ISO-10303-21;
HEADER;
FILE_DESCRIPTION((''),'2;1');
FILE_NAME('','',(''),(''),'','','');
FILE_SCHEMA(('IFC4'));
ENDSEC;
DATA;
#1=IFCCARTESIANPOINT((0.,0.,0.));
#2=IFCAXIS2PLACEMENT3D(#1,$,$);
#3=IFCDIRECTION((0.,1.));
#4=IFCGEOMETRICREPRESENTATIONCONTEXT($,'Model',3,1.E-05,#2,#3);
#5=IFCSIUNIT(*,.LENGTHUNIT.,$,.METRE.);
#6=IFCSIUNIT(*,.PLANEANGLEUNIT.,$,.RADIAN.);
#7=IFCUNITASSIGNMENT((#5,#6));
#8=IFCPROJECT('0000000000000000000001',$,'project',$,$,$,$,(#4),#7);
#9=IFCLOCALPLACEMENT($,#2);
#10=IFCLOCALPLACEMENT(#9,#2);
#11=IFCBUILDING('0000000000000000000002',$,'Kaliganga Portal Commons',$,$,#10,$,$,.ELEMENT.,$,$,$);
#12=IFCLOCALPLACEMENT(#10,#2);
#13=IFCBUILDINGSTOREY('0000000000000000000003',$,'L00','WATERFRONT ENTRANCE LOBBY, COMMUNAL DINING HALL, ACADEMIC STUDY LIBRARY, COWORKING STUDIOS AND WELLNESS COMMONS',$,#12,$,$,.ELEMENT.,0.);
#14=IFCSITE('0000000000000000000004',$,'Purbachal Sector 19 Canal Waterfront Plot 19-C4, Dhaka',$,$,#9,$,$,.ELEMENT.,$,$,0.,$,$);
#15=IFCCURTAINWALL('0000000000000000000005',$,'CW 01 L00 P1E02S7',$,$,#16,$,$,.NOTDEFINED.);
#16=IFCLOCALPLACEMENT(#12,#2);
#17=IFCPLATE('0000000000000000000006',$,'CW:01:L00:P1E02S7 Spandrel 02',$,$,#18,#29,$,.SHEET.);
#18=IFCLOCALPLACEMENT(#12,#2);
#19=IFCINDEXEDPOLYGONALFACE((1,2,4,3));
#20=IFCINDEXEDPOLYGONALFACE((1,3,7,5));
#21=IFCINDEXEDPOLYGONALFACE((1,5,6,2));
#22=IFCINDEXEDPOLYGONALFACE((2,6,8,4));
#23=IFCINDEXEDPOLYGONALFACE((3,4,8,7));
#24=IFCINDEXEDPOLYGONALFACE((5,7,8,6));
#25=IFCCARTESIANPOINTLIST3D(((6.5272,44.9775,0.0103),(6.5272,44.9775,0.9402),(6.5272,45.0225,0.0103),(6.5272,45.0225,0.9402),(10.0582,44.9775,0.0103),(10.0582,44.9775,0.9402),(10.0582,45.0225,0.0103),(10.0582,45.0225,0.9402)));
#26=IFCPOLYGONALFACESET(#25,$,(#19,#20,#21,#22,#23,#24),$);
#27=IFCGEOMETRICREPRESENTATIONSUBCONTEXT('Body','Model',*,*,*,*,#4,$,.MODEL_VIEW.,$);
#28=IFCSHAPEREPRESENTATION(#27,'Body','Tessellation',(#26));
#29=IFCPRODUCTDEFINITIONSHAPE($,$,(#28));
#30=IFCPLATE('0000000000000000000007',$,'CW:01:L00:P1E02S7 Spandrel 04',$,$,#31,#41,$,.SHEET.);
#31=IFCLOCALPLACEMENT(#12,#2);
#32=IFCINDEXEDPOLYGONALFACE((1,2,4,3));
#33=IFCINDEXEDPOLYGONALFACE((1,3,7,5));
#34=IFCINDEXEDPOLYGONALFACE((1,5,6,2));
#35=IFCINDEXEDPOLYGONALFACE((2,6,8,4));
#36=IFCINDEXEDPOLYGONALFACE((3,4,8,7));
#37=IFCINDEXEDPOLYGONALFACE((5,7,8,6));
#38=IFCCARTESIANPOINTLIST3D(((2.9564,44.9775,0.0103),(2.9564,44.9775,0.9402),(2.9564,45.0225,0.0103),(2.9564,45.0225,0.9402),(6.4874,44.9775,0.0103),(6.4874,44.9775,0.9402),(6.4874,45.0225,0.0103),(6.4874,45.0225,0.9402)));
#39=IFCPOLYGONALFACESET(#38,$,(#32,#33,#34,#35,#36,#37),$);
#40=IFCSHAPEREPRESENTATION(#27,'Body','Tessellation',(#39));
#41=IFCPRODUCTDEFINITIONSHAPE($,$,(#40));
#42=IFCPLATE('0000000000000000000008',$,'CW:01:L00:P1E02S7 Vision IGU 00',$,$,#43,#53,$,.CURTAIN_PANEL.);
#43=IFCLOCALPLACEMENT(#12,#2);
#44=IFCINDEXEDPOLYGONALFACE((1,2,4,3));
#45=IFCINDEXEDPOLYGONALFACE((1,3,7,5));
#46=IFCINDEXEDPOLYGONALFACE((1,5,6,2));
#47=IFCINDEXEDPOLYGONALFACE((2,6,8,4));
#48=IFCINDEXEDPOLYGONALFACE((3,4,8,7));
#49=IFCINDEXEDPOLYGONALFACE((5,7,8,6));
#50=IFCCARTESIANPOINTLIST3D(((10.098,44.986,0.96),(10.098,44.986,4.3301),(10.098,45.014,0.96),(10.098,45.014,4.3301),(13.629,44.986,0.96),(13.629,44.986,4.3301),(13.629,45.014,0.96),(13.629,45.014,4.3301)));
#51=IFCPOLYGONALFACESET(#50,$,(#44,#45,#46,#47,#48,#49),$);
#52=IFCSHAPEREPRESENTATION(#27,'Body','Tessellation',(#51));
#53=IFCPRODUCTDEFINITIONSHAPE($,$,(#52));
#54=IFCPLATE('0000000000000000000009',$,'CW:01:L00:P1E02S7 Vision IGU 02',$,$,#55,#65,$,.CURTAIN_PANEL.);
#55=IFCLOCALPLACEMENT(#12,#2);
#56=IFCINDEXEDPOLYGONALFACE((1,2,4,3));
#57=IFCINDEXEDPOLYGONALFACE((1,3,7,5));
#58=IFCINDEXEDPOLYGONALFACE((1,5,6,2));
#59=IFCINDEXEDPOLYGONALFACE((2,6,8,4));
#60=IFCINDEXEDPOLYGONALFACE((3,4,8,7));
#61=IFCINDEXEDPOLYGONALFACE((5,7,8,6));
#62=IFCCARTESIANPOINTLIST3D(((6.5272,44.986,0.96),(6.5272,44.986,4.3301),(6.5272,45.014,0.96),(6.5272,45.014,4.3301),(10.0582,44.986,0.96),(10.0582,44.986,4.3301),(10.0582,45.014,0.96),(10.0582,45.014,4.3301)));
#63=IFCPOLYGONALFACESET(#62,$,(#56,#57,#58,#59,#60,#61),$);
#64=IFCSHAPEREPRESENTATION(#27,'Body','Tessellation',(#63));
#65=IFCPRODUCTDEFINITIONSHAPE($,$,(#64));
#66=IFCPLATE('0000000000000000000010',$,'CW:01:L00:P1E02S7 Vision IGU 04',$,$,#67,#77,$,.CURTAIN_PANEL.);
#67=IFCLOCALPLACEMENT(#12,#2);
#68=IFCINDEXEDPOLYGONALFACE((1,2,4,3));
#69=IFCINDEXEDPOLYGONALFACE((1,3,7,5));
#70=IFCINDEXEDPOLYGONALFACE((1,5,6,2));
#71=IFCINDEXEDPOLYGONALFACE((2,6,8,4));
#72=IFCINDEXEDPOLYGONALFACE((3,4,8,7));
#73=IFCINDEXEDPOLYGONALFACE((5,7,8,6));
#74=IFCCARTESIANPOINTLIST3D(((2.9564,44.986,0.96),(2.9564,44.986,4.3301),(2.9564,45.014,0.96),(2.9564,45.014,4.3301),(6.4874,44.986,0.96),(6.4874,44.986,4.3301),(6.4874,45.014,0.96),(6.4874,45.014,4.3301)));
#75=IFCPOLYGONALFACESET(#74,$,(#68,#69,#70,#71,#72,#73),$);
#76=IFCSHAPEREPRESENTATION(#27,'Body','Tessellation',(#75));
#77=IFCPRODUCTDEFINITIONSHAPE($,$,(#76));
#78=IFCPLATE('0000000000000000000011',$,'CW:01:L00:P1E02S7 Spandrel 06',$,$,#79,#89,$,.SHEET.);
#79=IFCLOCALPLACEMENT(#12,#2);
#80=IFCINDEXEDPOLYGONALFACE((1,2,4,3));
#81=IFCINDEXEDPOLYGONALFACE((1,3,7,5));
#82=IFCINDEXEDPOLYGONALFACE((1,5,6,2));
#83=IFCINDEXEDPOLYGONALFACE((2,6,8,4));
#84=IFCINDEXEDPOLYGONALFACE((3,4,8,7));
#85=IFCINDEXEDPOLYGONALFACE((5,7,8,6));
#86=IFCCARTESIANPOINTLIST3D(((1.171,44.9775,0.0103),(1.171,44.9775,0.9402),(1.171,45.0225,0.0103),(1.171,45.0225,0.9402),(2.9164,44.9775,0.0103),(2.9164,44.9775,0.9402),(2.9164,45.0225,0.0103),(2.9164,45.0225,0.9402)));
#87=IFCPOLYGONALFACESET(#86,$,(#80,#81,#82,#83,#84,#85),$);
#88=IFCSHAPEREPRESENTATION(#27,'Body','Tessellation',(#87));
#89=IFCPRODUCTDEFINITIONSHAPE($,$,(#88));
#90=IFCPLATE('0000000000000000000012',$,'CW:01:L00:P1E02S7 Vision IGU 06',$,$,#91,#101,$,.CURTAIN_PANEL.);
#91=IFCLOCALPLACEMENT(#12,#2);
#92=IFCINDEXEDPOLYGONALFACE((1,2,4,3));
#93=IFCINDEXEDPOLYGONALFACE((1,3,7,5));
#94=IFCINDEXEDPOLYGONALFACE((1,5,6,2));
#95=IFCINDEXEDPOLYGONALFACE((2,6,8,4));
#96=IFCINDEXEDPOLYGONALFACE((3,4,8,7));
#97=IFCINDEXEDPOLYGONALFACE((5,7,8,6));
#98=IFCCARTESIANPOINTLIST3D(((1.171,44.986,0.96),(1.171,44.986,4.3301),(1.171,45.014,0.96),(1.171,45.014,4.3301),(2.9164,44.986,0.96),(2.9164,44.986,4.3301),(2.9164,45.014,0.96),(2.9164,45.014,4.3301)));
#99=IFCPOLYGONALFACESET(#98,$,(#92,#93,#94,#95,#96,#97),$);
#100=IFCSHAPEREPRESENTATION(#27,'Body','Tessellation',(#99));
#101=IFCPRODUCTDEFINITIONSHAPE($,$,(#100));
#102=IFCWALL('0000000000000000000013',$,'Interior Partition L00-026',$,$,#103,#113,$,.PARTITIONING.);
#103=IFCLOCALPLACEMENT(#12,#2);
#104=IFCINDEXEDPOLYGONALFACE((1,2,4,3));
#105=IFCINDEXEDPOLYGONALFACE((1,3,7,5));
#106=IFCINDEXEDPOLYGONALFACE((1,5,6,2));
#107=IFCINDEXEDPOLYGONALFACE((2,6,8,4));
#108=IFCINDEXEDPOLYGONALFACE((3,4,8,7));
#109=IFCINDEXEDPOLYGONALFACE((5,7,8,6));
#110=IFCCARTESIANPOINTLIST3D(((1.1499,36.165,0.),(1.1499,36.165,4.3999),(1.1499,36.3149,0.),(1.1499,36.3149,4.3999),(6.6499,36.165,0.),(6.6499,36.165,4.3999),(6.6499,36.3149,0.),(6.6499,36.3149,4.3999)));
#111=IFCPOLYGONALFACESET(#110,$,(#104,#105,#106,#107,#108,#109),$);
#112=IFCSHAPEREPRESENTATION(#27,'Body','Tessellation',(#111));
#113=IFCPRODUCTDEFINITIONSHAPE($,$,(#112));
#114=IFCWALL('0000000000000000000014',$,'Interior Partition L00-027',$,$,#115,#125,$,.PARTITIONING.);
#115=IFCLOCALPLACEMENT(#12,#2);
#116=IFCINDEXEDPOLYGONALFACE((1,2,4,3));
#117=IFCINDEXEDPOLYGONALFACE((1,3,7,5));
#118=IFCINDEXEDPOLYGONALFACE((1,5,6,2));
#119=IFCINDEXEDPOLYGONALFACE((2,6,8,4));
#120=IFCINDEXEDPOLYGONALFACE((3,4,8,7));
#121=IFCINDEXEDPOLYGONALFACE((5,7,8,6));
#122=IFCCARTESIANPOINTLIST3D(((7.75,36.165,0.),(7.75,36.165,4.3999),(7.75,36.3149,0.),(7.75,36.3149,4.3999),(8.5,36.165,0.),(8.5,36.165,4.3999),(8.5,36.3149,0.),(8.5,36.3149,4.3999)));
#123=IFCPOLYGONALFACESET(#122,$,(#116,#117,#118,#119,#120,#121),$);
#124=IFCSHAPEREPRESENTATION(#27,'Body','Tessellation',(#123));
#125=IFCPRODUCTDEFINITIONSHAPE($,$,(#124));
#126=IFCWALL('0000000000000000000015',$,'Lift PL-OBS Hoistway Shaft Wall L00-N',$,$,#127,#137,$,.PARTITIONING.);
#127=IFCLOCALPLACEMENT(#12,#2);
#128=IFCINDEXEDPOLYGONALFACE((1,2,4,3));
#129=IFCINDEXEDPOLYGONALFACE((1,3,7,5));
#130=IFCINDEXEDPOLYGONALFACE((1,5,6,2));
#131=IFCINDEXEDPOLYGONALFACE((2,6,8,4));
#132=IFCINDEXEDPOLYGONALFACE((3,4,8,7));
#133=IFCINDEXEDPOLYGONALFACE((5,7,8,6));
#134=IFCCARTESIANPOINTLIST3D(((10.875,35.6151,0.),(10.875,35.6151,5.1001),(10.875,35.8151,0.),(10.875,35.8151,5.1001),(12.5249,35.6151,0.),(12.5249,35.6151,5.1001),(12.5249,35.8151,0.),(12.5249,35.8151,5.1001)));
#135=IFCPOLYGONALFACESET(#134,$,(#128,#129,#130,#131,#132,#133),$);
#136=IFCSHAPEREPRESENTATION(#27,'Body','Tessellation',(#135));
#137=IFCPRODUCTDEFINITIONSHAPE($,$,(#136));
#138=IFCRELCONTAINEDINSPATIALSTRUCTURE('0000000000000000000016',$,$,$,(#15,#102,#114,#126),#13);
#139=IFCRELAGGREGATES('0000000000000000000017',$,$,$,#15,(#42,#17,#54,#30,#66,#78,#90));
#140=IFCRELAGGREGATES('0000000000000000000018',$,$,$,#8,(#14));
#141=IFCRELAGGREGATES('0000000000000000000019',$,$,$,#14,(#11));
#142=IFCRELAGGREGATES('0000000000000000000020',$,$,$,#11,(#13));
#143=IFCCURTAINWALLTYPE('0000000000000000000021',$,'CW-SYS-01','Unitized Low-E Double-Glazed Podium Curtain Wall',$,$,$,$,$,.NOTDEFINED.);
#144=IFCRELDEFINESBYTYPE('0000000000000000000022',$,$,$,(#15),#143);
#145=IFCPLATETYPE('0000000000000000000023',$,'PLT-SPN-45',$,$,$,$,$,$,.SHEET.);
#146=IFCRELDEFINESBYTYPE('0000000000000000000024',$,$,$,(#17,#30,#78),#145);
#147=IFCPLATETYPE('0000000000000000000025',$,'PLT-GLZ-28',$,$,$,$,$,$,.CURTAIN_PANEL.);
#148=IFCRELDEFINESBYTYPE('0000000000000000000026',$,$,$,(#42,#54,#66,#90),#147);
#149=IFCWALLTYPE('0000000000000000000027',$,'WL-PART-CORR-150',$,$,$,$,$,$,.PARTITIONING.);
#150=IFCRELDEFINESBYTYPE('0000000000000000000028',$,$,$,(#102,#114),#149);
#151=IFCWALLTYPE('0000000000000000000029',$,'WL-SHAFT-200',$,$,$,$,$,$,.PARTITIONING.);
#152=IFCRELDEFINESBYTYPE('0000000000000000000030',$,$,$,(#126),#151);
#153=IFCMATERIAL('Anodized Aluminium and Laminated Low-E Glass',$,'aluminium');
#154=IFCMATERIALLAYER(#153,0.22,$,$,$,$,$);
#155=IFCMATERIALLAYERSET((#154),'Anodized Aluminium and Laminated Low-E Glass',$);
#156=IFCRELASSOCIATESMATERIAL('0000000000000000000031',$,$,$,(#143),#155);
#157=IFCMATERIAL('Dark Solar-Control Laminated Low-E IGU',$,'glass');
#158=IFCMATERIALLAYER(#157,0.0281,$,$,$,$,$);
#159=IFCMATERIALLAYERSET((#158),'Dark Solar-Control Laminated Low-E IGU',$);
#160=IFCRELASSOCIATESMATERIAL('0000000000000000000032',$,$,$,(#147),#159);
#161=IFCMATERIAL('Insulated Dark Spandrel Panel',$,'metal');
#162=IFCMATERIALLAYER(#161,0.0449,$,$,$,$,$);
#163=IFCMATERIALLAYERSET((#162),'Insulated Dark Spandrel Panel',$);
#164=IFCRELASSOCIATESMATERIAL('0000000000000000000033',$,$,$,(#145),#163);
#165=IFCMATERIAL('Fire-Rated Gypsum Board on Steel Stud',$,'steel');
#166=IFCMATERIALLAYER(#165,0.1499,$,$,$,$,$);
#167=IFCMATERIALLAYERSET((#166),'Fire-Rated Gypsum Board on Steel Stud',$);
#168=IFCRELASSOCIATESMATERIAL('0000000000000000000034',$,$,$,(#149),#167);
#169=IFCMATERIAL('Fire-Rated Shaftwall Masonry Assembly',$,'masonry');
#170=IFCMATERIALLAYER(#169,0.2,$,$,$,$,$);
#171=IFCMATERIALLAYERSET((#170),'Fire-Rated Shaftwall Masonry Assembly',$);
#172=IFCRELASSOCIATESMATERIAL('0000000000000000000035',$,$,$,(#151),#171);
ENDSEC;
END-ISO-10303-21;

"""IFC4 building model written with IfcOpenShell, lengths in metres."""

from ifc_helpers import new_model, si_unit, direction, frame, frame_2d, origin, origin_2d, place, context, subcontext, project, spatial, rectangle, extrude, source, transform, mapped, material, layer, layer_set, type_object, element, aggregate, save


model = new_model("IFC4")

# Units and contexts
model_context = context("Model", 3, precision=1e-05, world=origin(), true_north=direction((0.0, 1.0)))
body_context = subcontext(model_context, "Body", "Model", "MODEL_VIEW")
ifc_project = project(units=[si_unit("LENGTHUNIT", "METRE"), si_unit("PLANEANGLEUNIT", "RADIAN")], contexts=[model_context])

# Site, building, storey
site_placement = place(None, origin())
site = spatial("IfcSite", under=ifc_project, at=site_placement, Name="Purbachal Sector 19 Canal Waterfront Plot 19-C4, Dhaka", CompositionType="ELEMENT", RefElevation=0.0)
building_placement = place(site_placement, origin())
building = spatial("IfcBuilding", under=site, at=building_placement, Name="Kaliganga Portal Commons", CompositionType="ELEMENT")
storey_placement = place(building_placement, origin())
storey = spatial("IfcBuildingStorey", under=building, at=storey_placement, Name="L00", Description="WATERFRONT ENTRANCE LOBBY, COMMUNAL DINING HALL, ACADEMIC STUDY LIBRARY, COWORKING STUDIOS AND WELLNESS COMMONS", CompositionType="ELEMENT", Elevation=0.0)

# Curtain wall
ifc_material_1 = material(Name="Anodized Aluminium and Laminated Low-E Glass", Category="aluminium")
ifc_layer_1 = layer(ifc_material_1, 0.22)
ifc_layer_set_1 = layer_set([ifc_layer_1], Name="Anodized Aluminium and Laminated Low-E Glass")
curtain_wall_type = type_object("IfcCurtainWallType", Name="CW-SYS-01", Description="Unitized Low-E Double-Glazed Podium Curtain Wall", PredefinedType="NOTDEFINED", material=ifc_layer_set_1)
curtain_wall_1_placement = place(storey_placement, origin())
curtain_wall_1 = element("IfcCurtainWall", 1, at=curtain_wall_1_placement, inside=storey, type_object=curtain_wall_type, Name="CW 01 L00 P1E02S7", PredefinedType="NOTDEFINED")

# Plates
ifc_material_2 = material(Name="Dark Solar-Control Laminated Low-E IGU", Category="glass")
ifc_layer_2 = layer(ifc_material_2, 0.0281)
ifc_layer_set_2 = layer_set([ifc_layer_2], Name="Dark Solar-Control Laminated Low-E IGU")
plate_type_1 = type_object("IfcPlateType", Name="PLT-GLZ-28", PredefinedType="CURTAIN_PANEL", material=ifc_layer_set_2)
ifc_material_3 = material(Name="Insulated Dark Spandrel Panel", Category="metal")
ifc_layer_3 = layer(ifc_material_3, 0.0449)
ifc_layer_set_3 = layer_set([ifc_layer_3], Name="Insulated Dark Spandrel Panel")
plate_type_2 = type_object("IfcPlateType", Name="PLT-SPN-45", PredefinedType="SHEET", material=ifc_layer_set_3)
shared_shape_1 = source(origin(), body_context, "Body", "SweptSolid", [
    extrude(rectangle(XDim=3.531, YDim=0.0449, at=origin_2d()), origin(), (0.0, 0.0, 1.0), 0.9299),
])
plate_1_placement = place(storey_placement, frame((8.2927, 45.0, 0.0103), z_axis=(0.0, 0.0, 1.0), x_axis=(-1.0, 0.0, 0.0)))
plate_1 = element("IfcPlate", 2, at=plate_1_placement, type_object=plate_type_2, Name="CW:01:L00:P1E02S7 Spandrel 02", PredefinedType="SHEET", context=body_context, shape_type="MappedRepresentation", body=[
    mapped(shared_shape_1, transform((0.0, 0.0, 0.0), x_axis=(1.0, 0.0, 0.0), y_axis=(0.0, 1.0, 0.0), z_axis=(0.0, 0.0, 1.0), scale=1.0)),
])
plate_2_placement = place(storey_placement, frame((4.7219, 45.0, 0.0103), z_axis=(0.0, 0.0, 1.0), x_axis=(-1.0, 0.0, 0.0)))
plate_2 = element("IfcPlate", 3, at=plate_2_placement, type_object=plate_type_2, Name="CW:01:L00:P1E02S7 Spandrel 04", PredefinedType="SHEET", context=body_context, shape_type="MappedRepresentation", body=[
    mapped(shared_shape_1, transform((0.0, 0.0, 0.0), x_axis=(1.0, 0.0, 0.0), y_axis=(0.0, 1.0, 0.0), z_axis=(0.0, 0.0, 1.0), scale=1.0)),
])
shared_shape_2 = source(origin(), body_context, "Body", "SweptSolid", [
    extrude(rectangle(XDim=3.531, YDim=0.0281, at=origin_2d()), origin(), (0.0, 0.0, 1.0), 3.3701),
])
plate_3_placement = place(storey_placement, frame((11.8635, 45.0, 0.96), z_axis=(0.0, 0.0, 1.0), x_axis=(-1.0, 0.0, 0.0)))
plate_3 = element("IfcPlate", 4, at=plate_3_placement, type_object=plate_type_1, Name="CW:01:L00:P1E02S7 Vision IGU 00", PredefinedType="CURTAIN_PANEL", context=body_context, shape_type="MappedRepresentation", body=[
    mapped(shared_shape_2, transform((0.0, 0.0, 0.0), x_axis=(1.0, 0.0, 0.0), y_axis=(0.0, 1.0, 0.0), z_axis=(0.0, 0.0, 1.0), scale=1.0)),
])
plate_4_placement = place(storey_placement, frame((8.2927, 45.0, 0.96), z_axis=(0.0, 0.0, 1.0), x_axis=(-1.0, 0.0, 0.0)))
plate_4 = element("IfcPlate", 5, at=plate_4_placement, type_object=plate_type_1, Name="CW:01:L00:P1E02S7 Vision IGU 02", PredefinedType="CURTAIN_PANEL", context=body_context, shape_type="MappedRepresentation", body=[
    mapped(shared_shape_2, transform((0.0, 0.0, 0.0), x_axis=(1.0, 0.0, 0.0), y_axis=(0.0, 1.0, 0.0), z_axis=(0.0, 0.0, 1.0), scale=1.0)),
])
plate_5_placement = place(storey_placement, frame((4.7219, 45.0, 0.96), z_axis=(0.0, 0.0, 1.0), x_axis=(-1.0, 0.0, 0.0)))
plate_5 = element("IfcPlate", 6, at=plate_5_placement, type_object=plate_type_1, Name="CW:01:L00:P1E02S7 Vision IGU 04", PredefinedType="CURTAIN_PANEL", context=body_context, shape_type="MappedRepresentation", body=[
    mapped(shared_shape_2, transform((0.0, 0.0, 0.0), x_axis=(1.0, 0.0, 0.0), y_axis=(0.0, 1.0, 0.0), z_axis=(0.0, 0.0, 1.0), scale=1.0)),
])
shared_shape_3 = source(origin(), body_context, "Body", "SweptSolid", [
    extrude(rectangle(XDim=1.7454, YDim=0.0449, at=origin_2d()), origin(), (0.0, 0.0, 1.0), 0.9299),
])
plate_6_placement = place(storey_placement, frame((2.0437, 45.0, 0.0103), z_axis=(0.0, 0.0, 1.0), x_axis=(-1.0, 0.0, 0.0)))
plate_6 = element("IfcPlate", 7, at=plate_6_placement, type_object=plate_type_2, Name="CW:01:L00:P1E02S7 Spandrel 06", PredefinedType="SHEET", context=body_context, shape_type="MappedRepresentation", body=[
    mapped(shared_shape_3, transform((0.0, 0.0, 0.0), x_axis=(1.0, 0.0, 0.0), y_axis=(0.0, 1.0, 0.0), z_axis=(0.0, 0.0, 1.0), scale=1.0)),
])
shared_shape_4 = source(origin(), body_context, "Body", "SweptSolid", [
    extrude(rectangle(XDim=1.7454, YDim=0.0281, at=origin_2d()), origin(), (0.0, 0.0, 1.0), 3.3701),
])
plate_7_placement = place(storey_placement, frame((2.0437, 45.0, 0.96), z_axis=(0.0, 0.0, 1.0), x_axis=(-1.0, 0.0, 0.0)))
plate_7 = element("IfcPlate", 8, at=plate_7_placement, type_object=plate_type_1, Name="CW:01:L00:P1E02S7 Vision IGU 06", PredefinedType="CURTAIN_PANEL", context=body_context, shape_type="MappedRepresentation", body=[
    mapped(shared_shape_4, transform((0.0, 0.0, 0.0), x_axis=(1.0, 0.0, 0.0), y_axis=(0.0, 1.0, 0.0), z_axis=(0.0, 0.0, 1.0), scale=1.0)),
])
aggregate(curtain_wall_1, [plate_3, plate_1, plate_4, plate_2, plate_5, plate_6, plate_7])

# Walls
ifc_material_4 = material(Name="Fire-Rated Gypsum Board on Steel Stud", Category="steel")
ifc_layer_4 = layer(ifc_material_4, 0.1499)
ifc_layer_set_4 = layer_set([ifc_layer_4], Name="Fire-Rated Gypsum Board on Steel Stud")
wall_type_1 = type_object("IfcWallType", Name="WL-PART-CORR-150", PredefinedType="PARTITIONING", material=ifc_layer_set_4)
wall_1_placement = place(storey_placement, frame((1.1499, 36.24, 0.0), z_axis=(0.0, 0.0, 1.0), x_axis=(1.0, 0.0, 0.0)))
element("IfcWall", 9, at=wall_1_placement, inside=storey, type_object=wall_type_1, Name="Interior Partition L00-026", PredefinedType="PARTITIONING", context=body_context, shape_type="SweptSolid", body=[
    extrude(rectangle(XDim=5.5, YDim=0.1499, at=frame_2d((2.75, 0.0))), origin(), (0.0, 0.0, 1.0), 4.3999),
])
wall_2_placement = place(storey_placement, frame((7.75, 36.24, 0.0), z_axis=(0.0, 0.0, 1.0), x_axis=(1.0, 0.0, 0.0)))
element("IfcWall", 10, at=wall_2_placement, inside=storey, type_object=wall_type_1, Name="Interior Partition L00-027", PredefinedType="PARTITIONING", context=body_context, shape_type="SweptSolid", body=[
    extrude(rectangle(XDim=0.75, YDim=0.1499, at=frame_2d((0.375, 0.0))), origin(), (0.0, 0.0, 1.0), 4.3999),
])
ifc_material_5 = material(Name="Fire-Rated Shaftwall Masonry Assembly", Category="masonry")
ifc_layer_5 = layer(ifc_material_5, 0.2)
ifc_layer_set_5 = layer_set([ifc_layer_5], Name="Fire-Rated Shaftwall Masonry Assembly")
wall_type_2 = type_object("IfcWallType", Name="WL-SHAFT-200", PredefinedType="PARTITIONING", material=ifc_layer_set_5)
wall_3_placement = place(storey_placement, frame((10.875, 35.7151, 0.0), z_axis=(0.0, 0.0, 1.0), x_axis=(1.0, 0.0, 0.0)))
element("IfcWall", 11, at=wall_3_placement, inside=storey, type_object=wall_type_2, Name="Lift PL-OBS Hoistway Shaft Wall L00-N", PredefinedType="PARTITIONING", context=body_context, shape_type="SweptSolid", body=[
    extrude(rectangle(XDim=1.6499, YDim=0.2, at=frame_2d((0.825, 0.0))), origin(), (0.0, 0.0, 1.0), 5.1001),
])

save(model, "model.ifc")
